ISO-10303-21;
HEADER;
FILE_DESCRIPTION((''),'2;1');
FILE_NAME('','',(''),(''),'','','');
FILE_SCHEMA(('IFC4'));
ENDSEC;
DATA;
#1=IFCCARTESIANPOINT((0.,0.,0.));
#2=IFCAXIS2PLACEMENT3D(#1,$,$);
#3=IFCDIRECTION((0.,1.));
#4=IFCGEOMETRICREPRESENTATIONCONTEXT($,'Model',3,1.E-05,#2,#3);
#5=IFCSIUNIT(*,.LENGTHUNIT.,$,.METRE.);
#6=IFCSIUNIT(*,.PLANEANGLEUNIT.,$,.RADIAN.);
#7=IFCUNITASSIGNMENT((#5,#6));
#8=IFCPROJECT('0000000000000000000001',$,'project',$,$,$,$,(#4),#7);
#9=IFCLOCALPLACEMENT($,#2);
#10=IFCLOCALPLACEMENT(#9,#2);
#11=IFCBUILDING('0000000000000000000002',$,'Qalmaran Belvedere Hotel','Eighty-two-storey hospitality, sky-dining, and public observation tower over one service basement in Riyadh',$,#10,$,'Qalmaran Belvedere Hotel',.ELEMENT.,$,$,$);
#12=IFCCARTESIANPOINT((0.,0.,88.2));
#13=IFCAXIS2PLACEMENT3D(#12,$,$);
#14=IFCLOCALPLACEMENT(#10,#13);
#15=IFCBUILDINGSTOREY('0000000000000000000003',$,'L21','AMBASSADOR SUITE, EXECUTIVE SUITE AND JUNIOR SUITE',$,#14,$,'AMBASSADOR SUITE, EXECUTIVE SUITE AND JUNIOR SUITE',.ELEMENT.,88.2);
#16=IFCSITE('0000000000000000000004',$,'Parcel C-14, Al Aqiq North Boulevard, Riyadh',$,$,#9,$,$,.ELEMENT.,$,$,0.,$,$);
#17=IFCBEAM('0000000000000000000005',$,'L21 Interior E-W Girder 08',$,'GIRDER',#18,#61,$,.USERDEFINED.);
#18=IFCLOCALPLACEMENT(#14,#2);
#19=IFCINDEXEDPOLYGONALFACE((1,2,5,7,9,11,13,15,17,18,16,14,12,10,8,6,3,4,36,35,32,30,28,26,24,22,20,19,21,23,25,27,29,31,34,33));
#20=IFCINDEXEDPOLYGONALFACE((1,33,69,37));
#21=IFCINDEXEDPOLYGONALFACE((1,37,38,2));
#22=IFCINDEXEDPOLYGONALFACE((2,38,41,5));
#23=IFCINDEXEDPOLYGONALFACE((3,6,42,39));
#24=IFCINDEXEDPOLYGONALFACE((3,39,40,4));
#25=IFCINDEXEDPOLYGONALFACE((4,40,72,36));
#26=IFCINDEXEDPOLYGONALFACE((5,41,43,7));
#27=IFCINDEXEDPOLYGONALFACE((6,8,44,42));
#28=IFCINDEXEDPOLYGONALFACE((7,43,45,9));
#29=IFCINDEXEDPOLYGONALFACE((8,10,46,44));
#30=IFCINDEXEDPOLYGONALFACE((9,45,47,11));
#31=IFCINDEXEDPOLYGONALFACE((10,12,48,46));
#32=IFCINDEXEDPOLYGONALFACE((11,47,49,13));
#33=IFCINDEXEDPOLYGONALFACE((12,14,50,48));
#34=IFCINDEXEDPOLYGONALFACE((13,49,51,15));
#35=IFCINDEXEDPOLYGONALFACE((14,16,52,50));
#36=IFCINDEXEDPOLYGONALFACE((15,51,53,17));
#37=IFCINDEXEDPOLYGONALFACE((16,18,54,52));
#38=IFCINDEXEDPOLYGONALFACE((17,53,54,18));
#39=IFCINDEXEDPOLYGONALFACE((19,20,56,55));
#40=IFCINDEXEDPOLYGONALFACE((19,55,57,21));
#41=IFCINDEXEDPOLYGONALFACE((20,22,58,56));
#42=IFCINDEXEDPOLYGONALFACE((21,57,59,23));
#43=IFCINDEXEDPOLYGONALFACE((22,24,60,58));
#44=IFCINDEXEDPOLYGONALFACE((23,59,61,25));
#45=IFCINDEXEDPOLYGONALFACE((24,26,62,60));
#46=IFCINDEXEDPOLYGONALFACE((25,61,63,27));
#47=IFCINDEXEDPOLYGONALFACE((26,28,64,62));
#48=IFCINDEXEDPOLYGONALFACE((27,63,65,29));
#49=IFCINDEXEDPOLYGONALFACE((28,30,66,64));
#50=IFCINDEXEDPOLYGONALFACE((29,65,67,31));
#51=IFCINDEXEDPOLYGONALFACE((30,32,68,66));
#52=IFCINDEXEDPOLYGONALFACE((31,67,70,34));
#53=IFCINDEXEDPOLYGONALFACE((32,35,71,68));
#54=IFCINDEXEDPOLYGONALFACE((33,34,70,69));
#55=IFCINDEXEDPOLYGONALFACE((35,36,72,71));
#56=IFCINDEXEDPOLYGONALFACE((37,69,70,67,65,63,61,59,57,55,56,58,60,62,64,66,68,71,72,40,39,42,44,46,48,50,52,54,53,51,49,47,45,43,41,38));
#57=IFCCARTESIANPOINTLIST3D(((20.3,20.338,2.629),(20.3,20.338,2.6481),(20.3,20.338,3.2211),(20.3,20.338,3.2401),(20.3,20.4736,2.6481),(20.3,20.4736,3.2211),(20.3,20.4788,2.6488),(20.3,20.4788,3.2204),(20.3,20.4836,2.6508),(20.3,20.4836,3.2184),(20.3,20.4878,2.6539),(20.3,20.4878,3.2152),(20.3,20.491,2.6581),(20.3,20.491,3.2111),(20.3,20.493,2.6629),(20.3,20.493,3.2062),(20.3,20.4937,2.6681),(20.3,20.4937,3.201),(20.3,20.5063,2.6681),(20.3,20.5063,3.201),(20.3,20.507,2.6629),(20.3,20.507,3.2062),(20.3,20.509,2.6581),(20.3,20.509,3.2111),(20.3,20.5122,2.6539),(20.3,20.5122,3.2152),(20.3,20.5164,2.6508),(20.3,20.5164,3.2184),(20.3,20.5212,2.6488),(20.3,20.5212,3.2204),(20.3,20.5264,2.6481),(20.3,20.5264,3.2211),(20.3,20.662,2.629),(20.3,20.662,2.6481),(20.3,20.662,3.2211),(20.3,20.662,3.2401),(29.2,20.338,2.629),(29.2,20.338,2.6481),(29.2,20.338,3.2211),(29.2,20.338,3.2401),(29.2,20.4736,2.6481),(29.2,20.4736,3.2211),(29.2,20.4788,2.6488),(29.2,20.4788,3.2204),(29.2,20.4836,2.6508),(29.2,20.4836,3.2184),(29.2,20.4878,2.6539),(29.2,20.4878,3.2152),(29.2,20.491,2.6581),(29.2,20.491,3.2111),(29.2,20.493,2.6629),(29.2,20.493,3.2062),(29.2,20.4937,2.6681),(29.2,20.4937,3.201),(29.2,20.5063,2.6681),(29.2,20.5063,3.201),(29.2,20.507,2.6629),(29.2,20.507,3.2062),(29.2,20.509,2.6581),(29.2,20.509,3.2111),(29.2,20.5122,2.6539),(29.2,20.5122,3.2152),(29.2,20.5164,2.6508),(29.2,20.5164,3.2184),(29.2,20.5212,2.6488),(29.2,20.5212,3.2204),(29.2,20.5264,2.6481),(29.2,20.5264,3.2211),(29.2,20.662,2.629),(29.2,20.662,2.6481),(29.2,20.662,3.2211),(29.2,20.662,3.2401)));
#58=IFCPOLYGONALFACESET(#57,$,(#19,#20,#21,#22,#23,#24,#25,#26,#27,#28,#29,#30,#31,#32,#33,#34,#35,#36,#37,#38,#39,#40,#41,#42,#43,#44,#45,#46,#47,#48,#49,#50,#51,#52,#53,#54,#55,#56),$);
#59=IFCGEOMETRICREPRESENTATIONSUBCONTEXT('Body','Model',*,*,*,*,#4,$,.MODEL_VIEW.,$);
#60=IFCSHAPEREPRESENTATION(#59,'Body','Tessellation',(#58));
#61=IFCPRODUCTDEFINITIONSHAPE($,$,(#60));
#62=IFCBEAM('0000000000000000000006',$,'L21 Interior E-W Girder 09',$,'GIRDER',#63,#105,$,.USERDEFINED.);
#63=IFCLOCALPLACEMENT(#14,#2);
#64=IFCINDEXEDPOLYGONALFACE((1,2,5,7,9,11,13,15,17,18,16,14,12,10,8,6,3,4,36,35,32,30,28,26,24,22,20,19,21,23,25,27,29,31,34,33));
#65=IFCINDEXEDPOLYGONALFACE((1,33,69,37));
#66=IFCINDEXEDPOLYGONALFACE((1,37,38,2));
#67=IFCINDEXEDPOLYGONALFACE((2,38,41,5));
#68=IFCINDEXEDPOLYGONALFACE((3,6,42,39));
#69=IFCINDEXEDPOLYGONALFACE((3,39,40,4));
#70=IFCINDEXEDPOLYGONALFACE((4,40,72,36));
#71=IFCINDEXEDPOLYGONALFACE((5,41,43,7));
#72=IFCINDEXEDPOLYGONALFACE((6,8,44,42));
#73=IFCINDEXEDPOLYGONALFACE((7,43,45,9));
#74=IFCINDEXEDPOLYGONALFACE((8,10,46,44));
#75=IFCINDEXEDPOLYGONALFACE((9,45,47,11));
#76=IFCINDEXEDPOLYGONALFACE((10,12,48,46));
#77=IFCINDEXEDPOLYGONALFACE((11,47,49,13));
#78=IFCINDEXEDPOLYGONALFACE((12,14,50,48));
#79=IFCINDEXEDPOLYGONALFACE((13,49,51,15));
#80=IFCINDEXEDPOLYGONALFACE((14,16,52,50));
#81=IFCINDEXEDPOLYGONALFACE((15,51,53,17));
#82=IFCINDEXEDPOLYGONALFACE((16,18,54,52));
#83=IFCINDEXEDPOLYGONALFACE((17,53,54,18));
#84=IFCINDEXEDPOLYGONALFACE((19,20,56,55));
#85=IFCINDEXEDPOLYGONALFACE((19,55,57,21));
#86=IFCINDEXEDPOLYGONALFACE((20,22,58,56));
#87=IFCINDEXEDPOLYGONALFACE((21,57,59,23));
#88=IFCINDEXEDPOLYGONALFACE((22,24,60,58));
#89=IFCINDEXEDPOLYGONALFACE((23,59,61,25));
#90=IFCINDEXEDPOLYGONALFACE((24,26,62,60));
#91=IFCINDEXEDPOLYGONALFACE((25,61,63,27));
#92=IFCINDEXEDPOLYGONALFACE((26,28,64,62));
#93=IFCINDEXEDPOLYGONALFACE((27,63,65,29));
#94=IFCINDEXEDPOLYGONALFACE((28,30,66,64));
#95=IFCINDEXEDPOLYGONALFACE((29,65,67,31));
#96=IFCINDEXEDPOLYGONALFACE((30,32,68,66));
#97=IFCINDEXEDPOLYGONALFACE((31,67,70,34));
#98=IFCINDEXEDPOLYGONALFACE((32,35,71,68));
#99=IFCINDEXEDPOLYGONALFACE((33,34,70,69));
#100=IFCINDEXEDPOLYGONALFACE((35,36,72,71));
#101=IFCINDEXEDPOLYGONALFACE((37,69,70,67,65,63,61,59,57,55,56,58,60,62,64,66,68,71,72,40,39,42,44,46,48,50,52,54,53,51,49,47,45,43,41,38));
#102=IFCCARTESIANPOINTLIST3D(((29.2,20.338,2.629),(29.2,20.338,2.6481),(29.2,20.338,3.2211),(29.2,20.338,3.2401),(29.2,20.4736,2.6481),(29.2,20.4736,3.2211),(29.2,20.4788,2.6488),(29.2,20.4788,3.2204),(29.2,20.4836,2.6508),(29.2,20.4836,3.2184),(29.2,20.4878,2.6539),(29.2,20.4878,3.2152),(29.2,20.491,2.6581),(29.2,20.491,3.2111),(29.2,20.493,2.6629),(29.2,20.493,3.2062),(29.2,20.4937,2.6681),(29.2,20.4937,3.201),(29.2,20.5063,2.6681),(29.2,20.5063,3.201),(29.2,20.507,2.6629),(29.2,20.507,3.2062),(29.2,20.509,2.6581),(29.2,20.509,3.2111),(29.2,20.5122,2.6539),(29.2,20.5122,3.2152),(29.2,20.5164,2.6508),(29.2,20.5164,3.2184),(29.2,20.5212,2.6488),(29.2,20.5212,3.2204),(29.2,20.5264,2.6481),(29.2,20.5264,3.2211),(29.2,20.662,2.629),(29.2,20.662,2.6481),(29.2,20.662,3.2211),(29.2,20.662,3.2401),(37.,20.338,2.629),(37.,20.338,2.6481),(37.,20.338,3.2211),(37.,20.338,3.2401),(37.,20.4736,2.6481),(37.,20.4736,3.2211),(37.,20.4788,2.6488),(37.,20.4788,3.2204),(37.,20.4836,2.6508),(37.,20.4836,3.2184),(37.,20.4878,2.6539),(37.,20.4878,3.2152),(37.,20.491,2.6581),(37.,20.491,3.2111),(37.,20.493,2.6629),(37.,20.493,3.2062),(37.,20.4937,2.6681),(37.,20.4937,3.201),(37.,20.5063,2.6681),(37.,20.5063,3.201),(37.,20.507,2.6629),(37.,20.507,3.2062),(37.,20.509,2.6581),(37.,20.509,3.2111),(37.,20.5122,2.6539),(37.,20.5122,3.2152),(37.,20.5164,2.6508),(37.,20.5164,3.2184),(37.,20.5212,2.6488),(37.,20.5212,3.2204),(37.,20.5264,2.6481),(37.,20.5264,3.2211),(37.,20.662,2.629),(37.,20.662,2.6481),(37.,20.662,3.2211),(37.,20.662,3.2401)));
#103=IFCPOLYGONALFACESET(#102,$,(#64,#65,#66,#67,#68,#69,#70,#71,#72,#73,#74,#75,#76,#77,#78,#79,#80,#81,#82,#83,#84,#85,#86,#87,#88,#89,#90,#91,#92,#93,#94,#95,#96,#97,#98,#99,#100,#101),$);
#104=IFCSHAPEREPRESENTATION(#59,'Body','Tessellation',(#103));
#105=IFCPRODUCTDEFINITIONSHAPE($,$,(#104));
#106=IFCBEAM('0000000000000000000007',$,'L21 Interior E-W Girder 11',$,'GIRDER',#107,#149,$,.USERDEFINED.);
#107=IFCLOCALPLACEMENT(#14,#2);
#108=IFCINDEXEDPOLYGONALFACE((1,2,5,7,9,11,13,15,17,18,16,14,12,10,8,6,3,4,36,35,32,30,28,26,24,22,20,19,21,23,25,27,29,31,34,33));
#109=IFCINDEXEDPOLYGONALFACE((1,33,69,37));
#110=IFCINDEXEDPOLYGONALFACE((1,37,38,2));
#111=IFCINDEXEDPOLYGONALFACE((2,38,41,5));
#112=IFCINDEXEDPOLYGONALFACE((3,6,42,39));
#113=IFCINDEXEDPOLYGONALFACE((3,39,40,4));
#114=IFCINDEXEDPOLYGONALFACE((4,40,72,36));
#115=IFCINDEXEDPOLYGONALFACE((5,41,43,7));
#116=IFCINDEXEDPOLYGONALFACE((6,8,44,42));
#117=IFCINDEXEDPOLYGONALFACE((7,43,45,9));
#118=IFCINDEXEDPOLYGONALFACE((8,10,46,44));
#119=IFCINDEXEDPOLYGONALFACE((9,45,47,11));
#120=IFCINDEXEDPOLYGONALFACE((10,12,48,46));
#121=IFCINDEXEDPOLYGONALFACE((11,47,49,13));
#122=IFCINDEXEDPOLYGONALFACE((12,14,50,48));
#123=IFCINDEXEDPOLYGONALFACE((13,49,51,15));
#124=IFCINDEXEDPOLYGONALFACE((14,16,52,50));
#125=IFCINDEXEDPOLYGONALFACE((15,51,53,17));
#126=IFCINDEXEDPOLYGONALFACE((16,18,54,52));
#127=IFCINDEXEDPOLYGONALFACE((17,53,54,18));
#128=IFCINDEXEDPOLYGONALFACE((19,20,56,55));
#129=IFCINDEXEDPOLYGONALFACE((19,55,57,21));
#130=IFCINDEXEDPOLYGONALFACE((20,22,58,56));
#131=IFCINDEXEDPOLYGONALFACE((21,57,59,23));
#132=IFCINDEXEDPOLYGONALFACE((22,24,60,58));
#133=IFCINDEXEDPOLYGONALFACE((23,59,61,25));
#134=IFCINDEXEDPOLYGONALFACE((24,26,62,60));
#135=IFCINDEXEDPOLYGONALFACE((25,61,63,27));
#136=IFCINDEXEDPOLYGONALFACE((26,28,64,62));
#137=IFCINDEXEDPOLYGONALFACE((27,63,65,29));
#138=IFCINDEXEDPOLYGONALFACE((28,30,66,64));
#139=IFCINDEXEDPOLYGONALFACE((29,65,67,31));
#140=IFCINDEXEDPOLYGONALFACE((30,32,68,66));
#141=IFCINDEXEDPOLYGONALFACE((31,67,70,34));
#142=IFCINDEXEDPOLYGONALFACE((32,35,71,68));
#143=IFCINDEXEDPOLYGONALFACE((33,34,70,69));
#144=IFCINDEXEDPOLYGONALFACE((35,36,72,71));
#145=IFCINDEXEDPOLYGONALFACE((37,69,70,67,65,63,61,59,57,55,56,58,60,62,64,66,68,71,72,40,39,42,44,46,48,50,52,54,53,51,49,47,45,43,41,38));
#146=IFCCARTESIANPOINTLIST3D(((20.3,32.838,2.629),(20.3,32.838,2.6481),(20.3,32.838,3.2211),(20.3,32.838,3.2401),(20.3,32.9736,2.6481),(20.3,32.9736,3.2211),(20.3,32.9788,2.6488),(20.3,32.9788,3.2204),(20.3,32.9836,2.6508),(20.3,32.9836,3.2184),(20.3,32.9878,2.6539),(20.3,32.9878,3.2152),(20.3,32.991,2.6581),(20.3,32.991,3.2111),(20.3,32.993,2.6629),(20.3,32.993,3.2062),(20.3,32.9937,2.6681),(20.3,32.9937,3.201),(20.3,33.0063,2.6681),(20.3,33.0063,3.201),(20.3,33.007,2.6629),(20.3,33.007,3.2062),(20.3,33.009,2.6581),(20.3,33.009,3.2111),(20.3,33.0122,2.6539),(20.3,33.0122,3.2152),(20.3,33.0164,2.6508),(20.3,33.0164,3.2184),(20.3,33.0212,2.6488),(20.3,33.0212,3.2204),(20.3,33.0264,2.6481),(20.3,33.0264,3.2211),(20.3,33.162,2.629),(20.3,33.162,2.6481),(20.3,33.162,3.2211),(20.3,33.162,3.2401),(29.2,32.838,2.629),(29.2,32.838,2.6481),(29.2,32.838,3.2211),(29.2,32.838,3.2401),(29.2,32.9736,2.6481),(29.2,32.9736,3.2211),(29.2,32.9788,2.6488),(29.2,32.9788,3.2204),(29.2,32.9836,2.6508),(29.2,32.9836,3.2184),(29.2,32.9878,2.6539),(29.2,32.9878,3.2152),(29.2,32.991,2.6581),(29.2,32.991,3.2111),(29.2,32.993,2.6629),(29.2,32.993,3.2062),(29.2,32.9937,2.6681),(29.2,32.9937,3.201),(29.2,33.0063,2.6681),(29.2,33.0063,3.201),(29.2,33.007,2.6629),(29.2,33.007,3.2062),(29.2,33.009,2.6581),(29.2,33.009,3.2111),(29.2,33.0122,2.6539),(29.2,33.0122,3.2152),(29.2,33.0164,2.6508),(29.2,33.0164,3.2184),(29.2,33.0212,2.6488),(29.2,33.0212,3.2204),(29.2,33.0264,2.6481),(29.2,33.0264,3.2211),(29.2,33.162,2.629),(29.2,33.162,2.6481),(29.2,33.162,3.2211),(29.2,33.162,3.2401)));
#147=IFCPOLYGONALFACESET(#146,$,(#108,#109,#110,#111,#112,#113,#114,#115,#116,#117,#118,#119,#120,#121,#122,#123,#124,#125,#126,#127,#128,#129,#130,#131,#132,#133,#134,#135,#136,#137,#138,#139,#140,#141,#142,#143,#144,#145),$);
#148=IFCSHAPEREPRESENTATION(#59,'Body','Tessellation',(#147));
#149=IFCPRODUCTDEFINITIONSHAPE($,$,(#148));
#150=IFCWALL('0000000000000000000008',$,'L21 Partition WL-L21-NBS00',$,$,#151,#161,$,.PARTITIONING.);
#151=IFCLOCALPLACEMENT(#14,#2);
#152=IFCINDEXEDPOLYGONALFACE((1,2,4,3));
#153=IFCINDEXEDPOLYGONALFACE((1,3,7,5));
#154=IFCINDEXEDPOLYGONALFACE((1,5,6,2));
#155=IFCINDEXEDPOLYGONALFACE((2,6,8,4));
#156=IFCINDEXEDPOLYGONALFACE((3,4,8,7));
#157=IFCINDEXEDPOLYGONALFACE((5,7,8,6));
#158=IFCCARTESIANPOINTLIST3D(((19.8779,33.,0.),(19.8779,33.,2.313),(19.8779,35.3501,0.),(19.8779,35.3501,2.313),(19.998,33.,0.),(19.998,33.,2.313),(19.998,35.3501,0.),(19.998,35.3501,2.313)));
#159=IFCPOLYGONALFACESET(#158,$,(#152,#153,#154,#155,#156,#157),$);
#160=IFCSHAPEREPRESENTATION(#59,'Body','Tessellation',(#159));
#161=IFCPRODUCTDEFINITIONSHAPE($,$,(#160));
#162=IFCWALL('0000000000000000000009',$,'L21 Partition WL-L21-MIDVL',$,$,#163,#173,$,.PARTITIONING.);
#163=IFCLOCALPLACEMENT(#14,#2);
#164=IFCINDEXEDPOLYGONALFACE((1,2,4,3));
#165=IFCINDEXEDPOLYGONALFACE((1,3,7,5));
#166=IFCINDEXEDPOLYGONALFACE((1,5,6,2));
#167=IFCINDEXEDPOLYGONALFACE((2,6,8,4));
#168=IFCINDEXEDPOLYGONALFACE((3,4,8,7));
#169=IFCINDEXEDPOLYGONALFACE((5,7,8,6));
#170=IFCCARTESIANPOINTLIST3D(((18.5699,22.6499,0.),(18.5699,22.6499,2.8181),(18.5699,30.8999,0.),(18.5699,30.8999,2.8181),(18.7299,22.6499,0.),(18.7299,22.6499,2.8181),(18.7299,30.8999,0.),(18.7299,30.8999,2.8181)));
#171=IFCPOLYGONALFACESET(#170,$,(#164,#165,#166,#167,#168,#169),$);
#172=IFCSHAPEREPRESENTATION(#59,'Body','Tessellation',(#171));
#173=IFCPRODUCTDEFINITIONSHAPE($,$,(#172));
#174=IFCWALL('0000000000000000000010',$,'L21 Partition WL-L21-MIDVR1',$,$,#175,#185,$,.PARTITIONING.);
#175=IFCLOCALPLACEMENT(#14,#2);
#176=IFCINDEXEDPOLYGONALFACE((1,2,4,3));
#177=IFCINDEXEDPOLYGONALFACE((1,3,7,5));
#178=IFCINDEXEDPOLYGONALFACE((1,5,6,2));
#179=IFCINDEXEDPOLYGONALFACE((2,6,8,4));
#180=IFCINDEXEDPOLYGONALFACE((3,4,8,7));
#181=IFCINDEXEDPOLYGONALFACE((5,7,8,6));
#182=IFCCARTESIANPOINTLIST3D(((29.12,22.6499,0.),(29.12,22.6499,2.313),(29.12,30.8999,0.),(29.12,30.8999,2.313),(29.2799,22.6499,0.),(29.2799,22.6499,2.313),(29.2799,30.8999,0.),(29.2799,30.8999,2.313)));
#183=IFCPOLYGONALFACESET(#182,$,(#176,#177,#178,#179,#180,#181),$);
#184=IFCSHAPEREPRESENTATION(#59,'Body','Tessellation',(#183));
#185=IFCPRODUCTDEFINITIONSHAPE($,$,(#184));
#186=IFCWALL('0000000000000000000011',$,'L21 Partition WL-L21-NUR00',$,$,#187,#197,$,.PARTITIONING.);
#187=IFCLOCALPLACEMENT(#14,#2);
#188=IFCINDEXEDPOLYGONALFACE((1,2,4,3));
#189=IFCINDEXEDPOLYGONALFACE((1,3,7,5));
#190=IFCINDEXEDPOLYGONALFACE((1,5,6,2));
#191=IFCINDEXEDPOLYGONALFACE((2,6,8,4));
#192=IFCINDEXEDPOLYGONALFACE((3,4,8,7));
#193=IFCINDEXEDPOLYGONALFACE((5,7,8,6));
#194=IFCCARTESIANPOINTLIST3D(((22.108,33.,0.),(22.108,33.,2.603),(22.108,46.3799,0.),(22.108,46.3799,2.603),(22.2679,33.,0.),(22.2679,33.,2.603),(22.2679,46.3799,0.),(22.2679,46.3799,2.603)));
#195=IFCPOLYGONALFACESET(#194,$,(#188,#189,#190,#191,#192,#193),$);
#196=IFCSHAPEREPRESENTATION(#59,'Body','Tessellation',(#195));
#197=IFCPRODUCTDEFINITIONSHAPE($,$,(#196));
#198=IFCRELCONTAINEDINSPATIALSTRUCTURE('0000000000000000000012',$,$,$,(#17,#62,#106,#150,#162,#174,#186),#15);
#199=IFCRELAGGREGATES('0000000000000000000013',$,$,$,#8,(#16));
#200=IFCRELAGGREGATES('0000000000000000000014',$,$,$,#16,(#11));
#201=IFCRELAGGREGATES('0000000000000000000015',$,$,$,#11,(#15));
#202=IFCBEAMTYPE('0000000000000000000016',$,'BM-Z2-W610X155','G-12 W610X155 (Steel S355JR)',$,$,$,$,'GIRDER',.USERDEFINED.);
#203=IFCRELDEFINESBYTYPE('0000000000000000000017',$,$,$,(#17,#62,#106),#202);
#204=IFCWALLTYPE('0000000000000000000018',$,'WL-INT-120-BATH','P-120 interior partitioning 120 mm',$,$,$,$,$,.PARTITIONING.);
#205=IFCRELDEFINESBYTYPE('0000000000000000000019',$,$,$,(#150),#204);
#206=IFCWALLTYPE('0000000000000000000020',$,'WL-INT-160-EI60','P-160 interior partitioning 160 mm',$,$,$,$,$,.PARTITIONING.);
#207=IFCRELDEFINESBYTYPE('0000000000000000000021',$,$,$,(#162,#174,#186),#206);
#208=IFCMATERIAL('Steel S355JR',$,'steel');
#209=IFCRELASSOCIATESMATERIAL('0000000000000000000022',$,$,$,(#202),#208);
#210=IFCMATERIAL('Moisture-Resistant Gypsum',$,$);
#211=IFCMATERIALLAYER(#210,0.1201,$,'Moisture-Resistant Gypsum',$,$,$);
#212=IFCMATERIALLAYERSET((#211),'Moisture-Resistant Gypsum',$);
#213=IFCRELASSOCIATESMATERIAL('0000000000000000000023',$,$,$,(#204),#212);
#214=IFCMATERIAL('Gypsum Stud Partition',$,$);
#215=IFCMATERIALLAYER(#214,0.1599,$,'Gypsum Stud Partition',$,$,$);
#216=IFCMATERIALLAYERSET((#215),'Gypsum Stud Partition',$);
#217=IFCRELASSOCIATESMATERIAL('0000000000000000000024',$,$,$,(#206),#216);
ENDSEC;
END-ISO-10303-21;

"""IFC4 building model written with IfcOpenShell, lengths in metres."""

from ifc_helpers import new_model, si_unit, direction, frame, frame_2d, origin, origin_2d, place, context, subcontext, project, spatial, rectangle, i_section, extrude, material, layer, layer_set, material_profile, profile_set, type_object, element, save


model = new_model("IFC4")

# Units and contexts
model_context = context("Model", 3, precision=1e-05, world=origin(), true_north=direction((0.0, 1.0)))
body_context = subcontext(model_context, "Body", "Model", "MODEL_VIEW")
ifc_project = project(units=[si_unit("LENGTHUNIT", "METRE"), si_unit("PLANEANGLEUNIT", "RADIAN")], contexts=[model_context])

# Site, building, storey
site_placement = place(None, origin())
site = spatial("IfcSite", under=ifc_project, at=site_placement, Name="Parcel C-14, Al Aqiq North Boulevard, Riyadh", CompositionType="ELEMENT", RefElevation=0.0)
building_placement = place(site_placement, origin())
building = spatial("IfcBuilding", under=site, at=building_placement, Name="Qalmaran Belvedere Hotel", Description="Eighty-two-storey hospitality, sky-dining, and public observation tower over one service basement in Riyadh", LongName="Qalmaran Belvedere Hotel", CompositionType="ELEMENT")
storey_placement = place(building_placement, frame((0.0, 0.0, 88.2)))
storey = spatial("IfcBuildingStorey", under=building, at=storey_placement, Name="L21", Description="AMBASSADOR SUITE, EXECUTIVE SUITE AND JUNIOR SUITE", LongName="AMBASSADOR SUITE, EXECUTIVE SUITE AND JUNIOR SUITE", CompositionType="ELEMENT", Elevation=88.2)

# Beams
ifc_material_1 = material(Name="Steel S355JR", Category="steel")
ifc_material_profile_1 = material_profile(ifc_material_1, i_section(OverallWidth=0.324, OverallDepth=0.6111, WebThickness=0.0127, FlangeThickness=0.019, FilletRadius=0.02, at=origin_2d()), Name="W610X155")
ifc_profile_set_1 = profile_set([ifc_material_profile_1], Name="Steel S355JR")
beam_type_1 = type_object("IfcBeamType", Name="BM-Z2-W610X155", Description="G-12 W610X155 (Steel S355JR)", ElementType="GIRDER", PredefinedType="USERDEFINED", material=ifc_profile_set_1)
beam_1_placement = place(storey_placement, frame((20.3, 20.5, 2.9346), z_axis=(1.0, 0.0, 0.0), x_axis=(0.0, 1.0, 0.0)))
element("IfcBeam", 1, at=beam_1_placement, inside=storey, type_object=beam_type_1, Name="L21 Interior E-W Girder 08", ObjectType="GIRDER", PredefinedType="USERDEFINED", context=body_context, shape_type="SweptSolid", body=[
    extrude(i_section(OverallWidth=0.324, OverallDepth=0.6111, WebThickness=0.0127, FlangeThickness=0.019, FilletRadius=0.02, at=origin_2d()), origin(), (0.0, 0.0, 1.0), 8.8999),
])
beam_2_placement = place(storey_placement, frame((29.2, 20.5, 2.9346), z_axis=(1.0, 0.0, 0.0), x_axis=(0.0, 1.0, 0.0)))
element("IfcBeam", 2, at=beam_2_placement, inside=storey, type_object=beam_type_1, Name="L21 Interior E-W Girder 09", ObjectType="GIRDER", PredefinedType="USERDEFINED", context=body_context, shape_type="SweptSolid", body=[
    extrude(i_section(OverallWidth=0.324, OverallDepth=0.6111, WebThickness=0.0127, FlangeThickness=0.019, FilletRadius=0.02, at=origin_2d()), origin(), (0.0, 0.0, 1.0), 7.8),
])
beam_3_placement = place(storey_placement, frame((20.3, 33.0, 2.9346), z_axis=(1.0, 0.0, 0.0), x_axis=(0.0, 1.0, 0.0)))
element("IfcBeam", 3, at=beam_3_placement, inside=storey, type_object=beam_type_1, Name="L21 Interior E-W Girder 11", ObjectType="GIRDER", PredefinedType="USERDEFINED", context=body_context, shape_type="SweptSolid", body=[
    extrude(i_section(OverallWidth=0.324, OverallDepth=0.6111, WebThickness=0.0127, FlangeThickness=0.019, FilletRadius=0.02, at=origin_2d()), origin(), (0.0, 0.0, 1.0), 8.8999),
])

# Walls
ifc_material_2 = material(Name="Moisture-Resistant Gypsum")
ifc_layer_1 = layer(ifc_material_2, 0.1201, Name="Moisture-Resistant Gypsum")
ifc_layer_set_1 = layer_set([ifc_layer_1], Name="Moisture-Resistant Gypsum")
wall_type_1 = type_object("IfcWallType", Name="WL-INT-120-BATH", Description="P-120 interior partitioning 120 mm", PredefinedType="PARTITIONING", material=ifc_layer_set_1)
wall_1_placement = place(storey_placement, frame((19.938, 33.0, 0.0), z_axis=(0.0, 0.0, 1.0), x_axis=(0.0, 1.0, 0.0)))
element("IfcWall", 4, at=wall_1_placement, inside=storey, type_object=wall_type_1, Name="L21 Partition WL-L21-NBS00", PredefinedType="PARTITIONING", context=body_context, shape_type="SweptSolid", body=[
    extrude(rectangle(XDim=2.3501, YDim=0.1201, at=frame_2d((1.175, 0.0))), origin(), (0.0, 0.0, 1.0), 2.313),
])
ifc_material_3 = material(Name="Gypsum Stud Partition")
ifc_layer_2 = layer(ifc_material_3, 0.1599, Name="Gypsum Stud Partition")
ifc_layer_set_2 = layer_set([ifc_layer_2], Name="Gypsum Stud Partition")
wall_type_2 = type_object("IfcWallType", Name="WL-INT-160-EI60", Description="P-160 interior partitioning 160 mm", PredefinedType="PARTITIONING", material=ifc_layer_set_2)
wall_2_placement = place(storey_placement, frame((18.6499, 22.6499, 0.0), z_axis=(0.0, 0.0, 1.0), x_axis=(0.0, 1.0, 0.0)))
element("IfcWall", 5, at=wall_2_placement, inside=storey, type_object=wall_type_2, Name="L21 Partition WL-L21-MIDVL", PredefinedType="PARTITIONING", context=body_context, shape_type="SweptSolid", body=[
    extrude(rectangle(XDim=8.25, YDim=0.1599, at=frame_2d((4.125, 0.0))), origin(), (0.0, 0.0, 1.0), 2.8181),
])
wall_3_placement = place(storey_placement, frame((29.2, 22.6499, 0.0), z_axis=(0.0, 0.0, 1.0), x_axis=(0.0, 1.0, 0.0)))
element("IfcWall", 6, at=wall_3_placement, inside=storey, type_object=wall_type_2, Name="L21 Partition WL-L21-MIDVR1", PredefinedType="PARTITIONING", context=body_context, shape_type="SweptSolid", body=[
    extrude(rectangle(XDim=8.25, YDim=0.1599, at=frame_2d((4.125, 0.0))), origin(), (0.0, 0.0, 1.0), 2.313),
])
wall_4_placement = place(storey_placement, frame((22.188, 33.0, 0.0), z_axis=(0.0, 0.0, 1.0), x_axis=(0.0, 1.0, 0.0)))
element("IfcWall", 7, at=wall_4_placement, inside=storey, type_object=wall_type_2, Name="L21 Partition WL-L21-NUR00", PredefinedType="PARTITIONING", context=body_context, shape_type="SweptSolid", body=[
    extrude(rectangle(XDim=13.3799, YDim=0.1599, at=frame_2d((6.6899, 0.0))), origin(), (0.0, 0.0, 1.0), 2.603),
])

save(model, "model.ifc")
